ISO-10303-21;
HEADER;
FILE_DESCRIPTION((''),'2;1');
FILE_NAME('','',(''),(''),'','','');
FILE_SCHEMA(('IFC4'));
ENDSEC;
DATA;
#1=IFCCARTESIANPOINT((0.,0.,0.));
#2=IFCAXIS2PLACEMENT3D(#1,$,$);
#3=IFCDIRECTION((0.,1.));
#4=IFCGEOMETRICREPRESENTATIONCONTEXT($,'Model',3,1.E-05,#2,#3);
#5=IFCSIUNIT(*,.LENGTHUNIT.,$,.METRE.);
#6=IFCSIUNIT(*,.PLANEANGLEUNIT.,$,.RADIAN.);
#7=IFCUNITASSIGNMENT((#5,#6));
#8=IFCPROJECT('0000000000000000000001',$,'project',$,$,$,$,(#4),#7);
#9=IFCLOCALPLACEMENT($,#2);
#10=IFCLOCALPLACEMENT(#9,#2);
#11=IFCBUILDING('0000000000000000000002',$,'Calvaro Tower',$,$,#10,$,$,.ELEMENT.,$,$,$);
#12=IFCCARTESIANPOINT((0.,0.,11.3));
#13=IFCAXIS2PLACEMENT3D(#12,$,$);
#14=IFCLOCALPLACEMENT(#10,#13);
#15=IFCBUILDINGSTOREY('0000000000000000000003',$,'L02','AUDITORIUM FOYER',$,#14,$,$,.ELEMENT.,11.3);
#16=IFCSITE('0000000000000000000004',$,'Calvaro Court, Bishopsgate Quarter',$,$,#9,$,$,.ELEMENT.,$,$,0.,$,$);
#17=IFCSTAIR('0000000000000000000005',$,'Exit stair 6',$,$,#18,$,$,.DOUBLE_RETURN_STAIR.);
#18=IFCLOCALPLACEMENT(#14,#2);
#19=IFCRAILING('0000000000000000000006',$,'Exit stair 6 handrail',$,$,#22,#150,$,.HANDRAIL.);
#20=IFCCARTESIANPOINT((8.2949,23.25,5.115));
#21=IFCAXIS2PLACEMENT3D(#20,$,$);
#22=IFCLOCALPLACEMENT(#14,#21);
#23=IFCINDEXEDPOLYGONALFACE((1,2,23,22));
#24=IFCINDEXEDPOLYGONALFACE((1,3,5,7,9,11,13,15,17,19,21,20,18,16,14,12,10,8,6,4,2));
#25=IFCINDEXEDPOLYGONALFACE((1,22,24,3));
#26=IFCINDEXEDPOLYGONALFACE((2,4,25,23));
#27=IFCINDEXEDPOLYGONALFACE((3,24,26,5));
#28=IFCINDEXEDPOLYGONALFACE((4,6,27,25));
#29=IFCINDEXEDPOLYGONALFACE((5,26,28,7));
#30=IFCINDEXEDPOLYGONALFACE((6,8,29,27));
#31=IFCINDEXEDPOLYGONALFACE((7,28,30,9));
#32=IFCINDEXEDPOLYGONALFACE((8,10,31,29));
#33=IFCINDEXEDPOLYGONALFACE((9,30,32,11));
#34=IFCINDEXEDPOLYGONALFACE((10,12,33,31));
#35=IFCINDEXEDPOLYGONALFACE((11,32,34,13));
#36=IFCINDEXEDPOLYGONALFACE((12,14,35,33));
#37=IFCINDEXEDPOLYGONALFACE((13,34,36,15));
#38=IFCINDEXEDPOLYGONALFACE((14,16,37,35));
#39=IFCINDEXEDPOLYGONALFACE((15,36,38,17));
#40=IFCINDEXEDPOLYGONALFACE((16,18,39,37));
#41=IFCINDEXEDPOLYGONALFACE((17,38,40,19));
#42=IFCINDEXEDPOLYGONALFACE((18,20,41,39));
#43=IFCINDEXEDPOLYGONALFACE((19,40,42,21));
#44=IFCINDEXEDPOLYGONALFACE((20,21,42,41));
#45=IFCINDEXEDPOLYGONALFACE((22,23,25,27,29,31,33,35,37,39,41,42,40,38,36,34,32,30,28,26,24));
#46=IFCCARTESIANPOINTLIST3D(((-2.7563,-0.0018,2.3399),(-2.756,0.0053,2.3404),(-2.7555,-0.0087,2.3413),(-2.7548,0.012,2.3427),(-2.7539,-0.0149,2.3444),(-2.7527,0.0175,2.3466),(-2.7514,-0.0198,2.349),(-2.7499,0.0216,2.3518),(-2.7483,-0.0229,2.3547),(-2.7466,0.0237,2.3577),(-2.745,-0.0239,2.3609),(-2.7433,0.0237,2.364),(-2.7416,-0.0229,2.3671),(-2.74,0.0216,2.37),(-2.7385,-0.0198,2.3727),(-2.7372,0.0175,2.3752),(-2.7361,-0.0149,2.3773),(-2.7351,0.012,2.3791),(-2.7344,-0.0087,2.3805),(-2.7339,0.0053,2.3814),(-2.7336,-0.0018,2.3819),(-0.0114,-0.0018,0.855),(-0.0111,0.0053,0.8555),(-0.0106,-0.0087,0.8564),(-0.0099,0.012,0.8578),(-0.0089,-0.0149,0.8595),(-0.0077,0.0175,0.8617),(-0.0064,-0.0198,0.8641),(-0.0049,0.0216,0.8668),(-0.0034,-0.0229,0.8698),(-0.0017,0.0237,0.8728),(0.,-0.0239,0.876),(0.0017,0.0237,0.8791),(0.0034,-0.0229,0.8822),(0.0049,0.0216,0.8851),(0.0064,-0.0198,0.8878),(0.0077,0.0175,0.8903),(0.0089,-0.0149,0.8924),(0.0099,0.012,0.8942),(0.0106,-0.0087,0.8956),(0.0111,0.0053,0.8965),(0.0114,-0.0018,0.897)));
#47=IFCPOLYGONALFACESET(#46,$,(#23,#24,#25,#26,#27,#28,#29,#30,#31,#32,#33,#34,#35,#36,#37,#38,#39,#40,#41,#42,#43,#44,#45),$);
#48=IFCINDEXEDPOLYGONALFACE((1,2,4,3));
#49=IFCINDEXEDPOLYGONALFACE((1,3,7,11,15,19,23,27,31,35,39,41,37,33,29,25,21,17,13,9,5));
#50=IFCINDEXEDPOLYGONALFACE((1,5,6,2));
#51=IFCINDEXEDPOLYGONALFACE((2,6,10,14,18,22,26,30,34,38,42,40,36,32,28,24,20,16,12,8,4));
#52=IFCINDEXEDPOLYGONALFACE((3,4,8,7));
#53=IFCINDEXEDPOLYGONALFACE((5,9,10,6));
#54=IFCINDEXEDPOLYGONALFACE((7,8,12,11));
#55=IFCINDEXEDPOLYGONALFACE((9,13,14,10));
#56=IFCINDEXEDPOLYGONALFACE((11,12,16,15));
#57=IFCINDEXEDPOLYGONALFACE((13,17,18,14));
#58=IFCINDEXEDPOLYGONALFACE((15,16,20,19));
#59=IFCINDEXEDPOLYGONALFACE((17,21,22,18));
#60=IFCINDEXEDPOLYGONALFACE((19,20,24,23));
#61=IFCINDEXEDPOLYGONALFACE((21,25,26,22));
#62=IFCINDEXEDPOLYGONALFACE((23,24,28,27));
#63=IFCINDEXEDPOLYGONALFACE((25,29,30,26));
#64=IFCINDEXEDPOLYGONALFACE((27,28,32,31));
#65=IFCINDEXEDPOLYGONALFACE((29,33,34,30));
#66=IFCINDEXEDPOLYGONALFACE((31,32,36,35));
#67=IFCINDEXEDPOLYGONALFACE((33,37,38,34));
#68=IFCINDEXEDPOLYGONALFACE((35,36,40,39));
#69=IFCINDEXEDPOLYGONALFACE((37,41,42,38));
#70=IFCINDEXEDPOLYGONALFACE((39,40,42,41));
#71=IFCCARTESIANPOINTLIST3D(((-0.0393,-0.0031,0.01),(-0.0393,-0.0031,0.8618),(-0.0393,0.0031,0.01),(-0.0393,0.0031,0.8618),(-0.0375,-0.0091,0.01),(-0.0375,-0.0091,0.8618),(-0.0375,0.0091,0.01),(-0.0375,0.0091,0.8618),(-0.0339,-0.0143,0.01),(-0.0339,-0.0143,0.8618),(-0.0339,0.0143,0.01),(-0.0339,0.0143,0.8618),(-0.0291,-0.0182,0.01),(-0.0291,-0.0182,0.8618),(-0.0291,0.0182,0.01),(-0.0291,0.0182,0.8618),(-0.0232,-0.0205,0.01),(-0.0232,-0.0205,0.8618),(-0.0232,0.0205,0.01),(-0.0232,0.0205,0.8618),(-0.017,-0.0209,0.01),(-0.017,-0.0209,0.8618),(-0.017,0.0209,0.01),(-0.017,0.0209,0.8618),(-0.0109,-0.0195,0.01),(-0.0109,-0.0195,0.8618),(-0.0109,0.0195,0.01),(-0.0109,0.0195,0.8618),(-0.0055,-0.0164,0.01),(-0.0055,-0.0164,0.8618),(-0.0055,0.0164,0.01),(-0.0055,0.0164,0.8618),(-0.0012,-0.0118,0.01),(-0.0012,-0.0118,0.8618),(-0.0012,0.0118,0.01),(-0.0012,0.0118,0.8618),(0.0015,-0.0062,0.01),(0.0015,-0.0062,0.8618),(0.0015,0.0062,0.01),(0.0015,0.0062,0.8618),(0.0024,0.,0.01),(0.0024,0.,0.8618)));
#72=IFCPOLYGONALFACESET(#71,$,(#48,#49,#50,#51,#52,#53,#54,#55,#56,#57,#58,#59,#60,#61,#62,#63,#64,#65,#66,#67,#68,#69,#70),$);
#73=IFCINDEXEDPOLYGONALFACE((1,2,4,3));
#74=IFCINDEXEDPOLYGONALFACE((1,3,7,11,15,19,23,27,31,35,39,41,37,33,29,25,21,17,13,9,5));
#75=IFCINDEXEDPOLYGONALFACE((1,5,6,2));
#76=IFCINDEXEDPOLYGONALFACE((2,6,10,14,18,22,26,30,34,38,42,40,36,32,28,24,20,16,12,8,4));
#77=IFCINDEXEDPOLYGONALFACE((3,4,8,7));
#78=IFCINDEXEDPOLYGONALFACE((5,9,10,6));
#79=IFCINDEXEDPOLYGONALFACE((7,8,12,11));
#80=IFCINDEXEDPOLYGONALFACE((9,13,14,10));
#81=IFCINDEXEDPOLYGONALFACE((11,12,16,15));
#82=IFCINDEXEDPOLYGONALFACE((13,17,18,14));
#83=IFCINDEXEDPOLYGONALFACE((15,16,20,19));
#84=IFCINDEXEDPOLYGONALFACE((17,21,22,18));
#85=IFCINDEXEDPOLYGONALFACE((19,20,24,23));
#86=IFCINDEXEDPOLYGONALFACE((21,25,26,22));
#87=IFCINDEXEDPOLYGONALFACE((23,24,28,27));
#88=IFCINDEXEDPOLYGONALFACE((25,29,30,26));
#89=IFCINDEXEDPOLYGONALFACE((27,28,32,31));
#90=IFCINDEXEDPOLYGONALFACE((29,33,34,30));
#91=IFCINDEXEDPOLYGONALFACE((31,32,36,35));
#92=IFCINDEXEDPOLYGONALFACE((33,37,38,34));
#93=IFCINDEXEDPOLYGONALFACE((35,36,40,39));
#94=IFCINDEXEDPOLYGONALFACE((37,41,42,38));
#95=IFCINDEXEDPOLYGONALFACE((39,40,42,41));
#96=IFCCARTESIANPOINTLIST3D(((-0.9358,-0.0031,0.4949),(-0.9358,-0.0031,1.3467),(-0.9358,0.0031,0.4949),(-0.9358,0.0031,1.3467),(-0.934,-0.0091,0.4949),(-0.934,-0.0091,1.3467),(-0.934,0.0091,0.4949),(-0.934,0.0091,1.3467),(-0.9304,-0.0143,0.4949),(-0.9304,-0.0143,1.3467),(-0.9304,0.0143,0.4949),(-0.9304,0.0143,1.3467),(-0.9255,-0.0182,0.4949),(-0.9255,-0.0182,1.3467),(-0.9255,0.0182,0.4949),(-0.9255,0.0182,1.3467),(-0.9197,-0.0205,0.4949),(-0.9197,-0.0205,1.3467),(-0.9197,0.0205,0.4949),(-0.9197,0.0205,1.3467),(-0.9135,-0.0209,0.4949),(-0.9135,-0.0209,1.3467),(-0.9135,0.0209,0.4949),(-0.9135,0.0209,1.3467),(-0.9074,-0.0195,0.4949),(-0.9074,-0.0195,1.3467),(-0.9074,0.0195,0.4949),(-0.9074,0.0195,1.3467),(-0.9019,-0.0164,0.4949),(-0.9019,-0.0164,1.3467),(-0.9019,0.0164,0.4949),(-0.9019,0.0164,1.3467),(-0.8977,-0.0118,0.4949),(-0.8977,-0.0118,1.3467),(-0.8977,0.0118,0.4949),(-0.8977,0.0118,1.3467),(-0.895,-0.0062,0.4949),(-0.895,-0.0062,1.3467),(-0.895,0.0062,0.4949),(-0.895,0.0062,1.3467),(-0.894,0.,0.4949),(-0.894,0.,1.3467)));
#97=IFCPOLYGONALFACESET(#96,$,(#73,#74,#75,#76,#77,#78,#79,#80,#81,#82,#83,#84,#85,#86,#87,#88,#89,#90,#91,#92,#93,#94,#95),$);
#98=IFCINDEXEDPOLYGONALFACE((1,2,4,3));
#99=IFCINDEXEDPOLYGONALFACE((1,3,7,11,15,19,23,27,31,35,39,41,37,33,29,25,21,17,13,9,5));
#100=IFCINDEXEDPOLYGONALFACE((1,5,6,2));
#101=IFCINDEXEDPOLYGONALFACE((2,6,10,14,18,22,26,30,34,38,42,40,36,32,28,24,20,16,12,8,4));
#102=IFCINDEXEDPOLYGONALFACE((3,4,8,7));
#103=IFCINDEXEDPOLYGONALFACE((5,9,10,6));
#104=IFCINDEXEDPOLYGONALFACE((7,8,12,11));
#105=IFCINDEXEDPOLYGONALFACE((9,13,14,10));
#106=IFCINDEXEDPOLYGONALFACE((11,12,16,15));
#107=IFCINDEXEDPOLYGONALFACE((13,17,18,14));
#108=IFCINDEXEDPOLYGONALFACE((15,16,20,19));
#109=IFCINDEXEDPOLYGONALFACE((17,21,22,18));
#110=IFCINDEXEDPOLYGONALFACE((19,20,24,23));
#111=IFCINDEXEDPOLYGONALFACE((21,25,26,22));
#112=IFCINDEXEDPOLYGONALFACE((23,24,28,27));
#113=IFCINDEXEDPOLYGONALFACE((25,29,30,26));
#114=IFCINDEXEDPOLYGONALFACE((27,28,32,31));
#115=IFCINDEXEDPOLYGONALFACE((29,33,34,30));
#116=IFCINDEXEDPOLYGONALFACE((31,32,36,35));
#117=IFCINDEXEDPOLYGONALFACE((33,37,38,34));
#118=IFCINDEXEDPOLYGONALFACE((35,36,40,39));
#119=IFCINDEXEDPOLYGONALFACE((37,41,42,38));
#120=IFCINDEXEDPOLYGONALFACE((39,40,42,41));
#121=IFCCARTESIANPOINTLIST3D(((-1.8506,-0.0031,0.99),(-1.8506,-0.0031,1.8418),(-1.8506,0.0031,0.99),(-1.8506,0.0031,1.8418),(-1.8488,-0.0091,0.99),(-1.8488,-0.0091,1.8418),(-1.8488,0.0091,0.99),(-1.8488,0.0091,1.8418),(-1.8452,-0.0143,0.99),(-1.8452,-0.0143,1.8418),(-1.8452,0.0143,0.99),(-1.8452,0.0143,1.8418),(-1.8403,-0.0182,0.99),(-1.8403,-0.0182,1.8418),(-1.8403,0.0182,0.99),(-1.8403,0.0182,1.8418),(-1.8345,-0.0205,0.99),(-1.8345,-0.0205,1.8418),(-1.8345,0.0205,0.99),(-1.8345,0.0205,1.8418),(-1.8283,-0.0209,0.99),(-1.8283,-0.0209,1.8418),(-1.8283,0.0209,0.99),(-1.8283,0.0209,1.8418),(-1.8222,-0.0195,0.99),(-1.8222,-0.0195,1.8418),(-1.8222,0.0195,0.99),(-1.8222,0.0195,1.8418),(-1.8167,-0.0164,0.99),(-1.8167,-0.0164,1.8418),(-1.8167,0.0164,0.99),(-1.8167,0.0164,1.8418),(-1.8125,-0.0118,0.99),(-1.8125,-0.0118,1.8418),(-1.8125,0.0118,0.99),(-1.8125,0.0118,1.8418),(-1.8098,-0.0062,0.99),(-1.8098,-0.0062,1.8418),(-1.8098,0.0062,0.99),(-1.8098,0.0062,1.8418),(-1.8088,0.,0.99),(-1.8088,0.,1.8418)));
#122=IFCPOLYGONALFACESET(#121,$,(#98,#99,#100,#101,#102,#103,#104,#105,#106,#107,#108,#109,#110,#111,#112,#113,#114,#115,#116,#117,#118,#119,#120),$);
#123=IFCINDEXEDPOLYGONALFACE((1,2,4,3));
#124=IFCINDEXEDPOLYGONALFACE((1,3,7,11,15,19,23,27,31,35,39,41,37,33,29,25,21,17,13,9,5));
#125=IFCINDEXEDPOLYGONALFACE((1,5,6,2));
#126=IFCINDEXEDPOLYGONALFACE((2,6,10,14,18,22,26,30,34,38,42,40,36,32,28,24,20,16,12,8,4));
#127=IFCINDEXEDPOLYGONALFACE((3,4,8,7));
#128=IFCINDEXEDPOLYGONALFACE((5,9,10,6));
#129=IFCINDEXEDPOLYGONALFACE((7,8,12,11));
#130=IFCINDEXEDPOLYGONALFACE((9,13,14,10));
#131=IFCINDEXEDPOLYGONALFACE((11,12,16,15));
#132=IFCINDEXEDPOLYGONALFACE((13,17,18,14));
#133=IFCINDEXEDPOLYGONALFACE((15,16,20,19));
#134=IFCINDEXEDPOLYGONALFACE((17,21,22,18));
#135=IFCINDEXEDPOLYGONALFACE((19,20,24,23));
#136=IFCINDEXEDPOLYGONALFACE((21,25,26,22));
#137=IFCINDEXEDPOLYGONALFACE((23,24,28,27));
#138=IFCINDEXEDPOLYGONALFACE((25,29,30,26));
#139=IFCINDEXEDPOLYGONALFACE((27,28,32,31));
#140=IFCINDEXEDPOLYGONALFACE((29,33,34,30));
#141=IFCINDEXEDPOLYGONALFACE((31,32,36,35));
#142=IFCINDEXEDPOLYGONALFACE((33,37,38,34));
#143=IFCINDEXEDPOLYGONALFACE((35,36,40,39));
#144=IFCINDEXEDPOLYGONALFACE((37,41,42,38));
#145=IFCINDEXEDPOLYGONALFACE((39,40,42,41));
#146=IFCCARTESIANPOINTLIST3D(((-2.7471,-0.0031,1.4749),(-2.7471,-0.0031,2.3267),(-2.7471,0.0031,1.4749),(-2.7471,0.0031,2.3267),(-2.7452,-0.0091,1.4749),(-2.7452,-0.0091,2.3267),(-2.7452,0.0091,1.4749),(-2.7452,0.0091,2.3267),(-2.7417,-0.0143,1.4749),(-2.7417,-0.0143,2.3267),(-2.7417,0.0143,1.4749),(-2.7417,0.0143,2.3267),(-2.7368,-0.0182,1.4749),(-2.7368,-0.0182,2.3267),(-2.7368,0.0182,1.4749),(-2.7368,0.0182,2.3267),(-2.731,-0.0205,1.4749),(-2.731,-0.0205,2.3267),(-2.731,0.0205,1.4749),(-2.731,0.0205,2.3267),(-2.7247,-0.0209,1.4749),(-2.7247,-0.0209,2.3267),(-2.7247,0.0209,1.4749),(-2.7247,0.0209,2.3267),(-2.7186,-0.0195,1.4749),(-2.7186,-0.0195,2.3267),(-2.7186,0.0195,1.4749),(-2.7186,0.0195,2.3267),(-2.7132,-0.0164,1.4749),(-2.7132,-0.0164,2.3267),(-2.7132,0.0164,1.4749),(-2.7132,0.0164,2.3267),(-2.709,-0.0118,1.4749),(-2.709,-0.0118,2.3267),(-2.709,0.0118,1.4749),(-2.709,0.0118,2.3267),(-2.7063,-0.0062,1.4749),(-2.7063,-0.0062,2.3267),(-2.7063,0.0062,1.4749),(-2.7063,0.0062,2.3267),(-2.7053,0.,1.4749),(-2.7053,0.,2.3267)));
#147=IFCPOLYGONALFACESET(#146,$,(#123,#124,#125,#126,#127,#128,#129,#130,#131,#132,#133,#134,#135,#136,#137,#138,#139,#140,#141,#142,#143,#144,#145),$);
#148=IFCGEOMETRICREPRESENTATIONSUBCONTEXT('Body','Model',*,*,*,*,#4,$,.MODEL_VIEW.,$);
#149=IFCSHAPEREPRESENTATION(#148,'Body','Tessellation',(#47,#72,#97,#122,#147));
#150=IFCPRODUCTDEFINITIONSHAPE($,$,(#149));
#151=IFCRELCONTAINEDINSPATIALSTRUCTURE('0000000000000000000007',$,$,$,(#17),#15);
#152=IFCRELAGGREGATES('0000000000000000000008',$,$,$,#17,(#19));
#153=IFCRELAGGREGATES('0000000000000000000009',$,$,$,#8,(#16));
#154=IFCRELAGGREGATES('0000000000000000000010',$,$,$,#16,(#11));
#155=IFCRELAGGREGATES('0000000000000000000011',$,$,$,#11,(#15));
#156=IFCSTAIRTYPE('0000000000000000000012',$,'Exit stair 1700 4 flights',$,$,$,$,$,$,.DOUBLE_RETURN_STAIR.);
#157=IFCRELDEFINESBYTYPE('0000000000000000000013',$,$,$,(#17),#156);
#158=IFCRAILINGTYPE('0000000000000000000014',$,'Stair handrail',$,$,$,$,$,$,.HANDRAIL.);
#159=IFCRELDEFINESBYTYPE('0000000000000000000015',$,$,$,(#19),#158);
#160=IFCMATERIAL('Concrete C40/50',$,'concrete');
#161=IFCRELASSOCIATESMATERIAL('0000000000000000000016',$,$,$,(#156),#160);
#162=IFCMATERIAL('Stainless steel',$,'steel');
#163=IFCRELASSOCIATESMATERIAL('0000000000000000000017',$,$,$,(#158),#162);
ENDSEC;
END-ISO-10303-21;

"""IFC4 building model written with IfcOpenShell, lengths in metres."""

from ifc_helpers import new_model, si_unit, direction, frame, origin, origin_2d, place, context, subcontext, project, spatial, circle, extrude, material, type_object, element, aggregate, save


model = new_model("IFC4")

# Units and contexts
model_context = context("Model", 3, precision=1e-05, world=origin(), true_north=direction((0.0, 1.0)))
body_context = subcontext(model_context, "Body", "Model", "MODEL_VIEW")
ifc_project = project(units=[si_unit("LENGTHUNIT", "METRE"), si_unit("PLANEANGLEUNIT", "RADIAN")], contexts=[model_context])

# Site, building, storey
site_placement = place(None, origin())
site = spatial("IfcSite", under=ifc_project, at=site_placement, Name="Calvaro Court, Bishopsgate Quarter", CompositionType="ELEMENT", RefElevation=0.0)
building_placement = place(site_placement, origin())
building = spatial("IfcBuilding", under=site, at=building_placement, Name="Calvaro Tower", CompositionType="ELEMENT")
storey_placement = place(building_placement, frame((0.0, 0.0, 11.3)))
storey = spatial("IfcBuildingStorey", under=building, at=storey_placement, Name="L02", Description="AUDITORIUM FOYER", CompositionType="ELEMENT", Elevation=11.3)

# Stair, railing
ifc_material_1 = material(Name="Concrete C40/50", Category="concrete")
stair_type = type_object("IfcStairType", Name="Exit stair 1700 4 flights", PredefinedType="DOUBLE_RETURN_STAIR", material=ifc_material_1)
stair_placement = place(storey_placement, origin())
stair = element("IfcStair", 1, at=stair_placement, inside=storey, type_object=stair_type, Name="Exit stair 6", PredefinedType="DOUBLE_RETURN_STAIR")
ifc_material_2 = material(Name="Stainless steel", Category="steel")
railing_type = type_object("IfcRailingType", Name="Stair handrail", PredefinedType="HANDRAIL", material=ifc_material_2)
railing_1_placement = place(storey_placement, frame((8.2949, 23.25, 5.115)))
railing_1 = element("IfcRailing", 2, at=railing_1_placement, type_object=railing_type, Name="Exit stair 6 handrail", PredefinedType="HANDRAIL", context=body_context, shape_type="SweptSolid", body=[
    extrude(circle(Radius=0.0239, at=origin_2d()), frame((0.0, 0.0, 0.876), z_axis=(-0.879553, 0.0, 0.475802), x_axis=(0.0, -1.0, 0.0)), (0.0, 0.0, 1.0), 3.1208),
    extrude(circle(Radius=0.021, at=origin_2d()), frame((-0.0186, 0.0, 0.01)), (0.0, 0.0, 1.0), 0.8518),
    extrude(circle(Radius=0.021, at=origin_2d()), frame((-0.915, 0.0, 0.4949)), (0.0, 0.0, 1.0), 0.8518),
    extrude(circle(Radius=0.021, at=origin_2d()), frame((-1.8298, 0.0, 0.99)), (0.0, 0.0, 1.0), 0.8518),
    extrude(circle(Radius=0.021, at=origin_2d()), frame((-2.7263, 0.0, 1.4749)), (0.0, 0.0, 1.0), 0.8518),
])
aggregate(stair, [railing_1])

save(model, "model.ifc")
